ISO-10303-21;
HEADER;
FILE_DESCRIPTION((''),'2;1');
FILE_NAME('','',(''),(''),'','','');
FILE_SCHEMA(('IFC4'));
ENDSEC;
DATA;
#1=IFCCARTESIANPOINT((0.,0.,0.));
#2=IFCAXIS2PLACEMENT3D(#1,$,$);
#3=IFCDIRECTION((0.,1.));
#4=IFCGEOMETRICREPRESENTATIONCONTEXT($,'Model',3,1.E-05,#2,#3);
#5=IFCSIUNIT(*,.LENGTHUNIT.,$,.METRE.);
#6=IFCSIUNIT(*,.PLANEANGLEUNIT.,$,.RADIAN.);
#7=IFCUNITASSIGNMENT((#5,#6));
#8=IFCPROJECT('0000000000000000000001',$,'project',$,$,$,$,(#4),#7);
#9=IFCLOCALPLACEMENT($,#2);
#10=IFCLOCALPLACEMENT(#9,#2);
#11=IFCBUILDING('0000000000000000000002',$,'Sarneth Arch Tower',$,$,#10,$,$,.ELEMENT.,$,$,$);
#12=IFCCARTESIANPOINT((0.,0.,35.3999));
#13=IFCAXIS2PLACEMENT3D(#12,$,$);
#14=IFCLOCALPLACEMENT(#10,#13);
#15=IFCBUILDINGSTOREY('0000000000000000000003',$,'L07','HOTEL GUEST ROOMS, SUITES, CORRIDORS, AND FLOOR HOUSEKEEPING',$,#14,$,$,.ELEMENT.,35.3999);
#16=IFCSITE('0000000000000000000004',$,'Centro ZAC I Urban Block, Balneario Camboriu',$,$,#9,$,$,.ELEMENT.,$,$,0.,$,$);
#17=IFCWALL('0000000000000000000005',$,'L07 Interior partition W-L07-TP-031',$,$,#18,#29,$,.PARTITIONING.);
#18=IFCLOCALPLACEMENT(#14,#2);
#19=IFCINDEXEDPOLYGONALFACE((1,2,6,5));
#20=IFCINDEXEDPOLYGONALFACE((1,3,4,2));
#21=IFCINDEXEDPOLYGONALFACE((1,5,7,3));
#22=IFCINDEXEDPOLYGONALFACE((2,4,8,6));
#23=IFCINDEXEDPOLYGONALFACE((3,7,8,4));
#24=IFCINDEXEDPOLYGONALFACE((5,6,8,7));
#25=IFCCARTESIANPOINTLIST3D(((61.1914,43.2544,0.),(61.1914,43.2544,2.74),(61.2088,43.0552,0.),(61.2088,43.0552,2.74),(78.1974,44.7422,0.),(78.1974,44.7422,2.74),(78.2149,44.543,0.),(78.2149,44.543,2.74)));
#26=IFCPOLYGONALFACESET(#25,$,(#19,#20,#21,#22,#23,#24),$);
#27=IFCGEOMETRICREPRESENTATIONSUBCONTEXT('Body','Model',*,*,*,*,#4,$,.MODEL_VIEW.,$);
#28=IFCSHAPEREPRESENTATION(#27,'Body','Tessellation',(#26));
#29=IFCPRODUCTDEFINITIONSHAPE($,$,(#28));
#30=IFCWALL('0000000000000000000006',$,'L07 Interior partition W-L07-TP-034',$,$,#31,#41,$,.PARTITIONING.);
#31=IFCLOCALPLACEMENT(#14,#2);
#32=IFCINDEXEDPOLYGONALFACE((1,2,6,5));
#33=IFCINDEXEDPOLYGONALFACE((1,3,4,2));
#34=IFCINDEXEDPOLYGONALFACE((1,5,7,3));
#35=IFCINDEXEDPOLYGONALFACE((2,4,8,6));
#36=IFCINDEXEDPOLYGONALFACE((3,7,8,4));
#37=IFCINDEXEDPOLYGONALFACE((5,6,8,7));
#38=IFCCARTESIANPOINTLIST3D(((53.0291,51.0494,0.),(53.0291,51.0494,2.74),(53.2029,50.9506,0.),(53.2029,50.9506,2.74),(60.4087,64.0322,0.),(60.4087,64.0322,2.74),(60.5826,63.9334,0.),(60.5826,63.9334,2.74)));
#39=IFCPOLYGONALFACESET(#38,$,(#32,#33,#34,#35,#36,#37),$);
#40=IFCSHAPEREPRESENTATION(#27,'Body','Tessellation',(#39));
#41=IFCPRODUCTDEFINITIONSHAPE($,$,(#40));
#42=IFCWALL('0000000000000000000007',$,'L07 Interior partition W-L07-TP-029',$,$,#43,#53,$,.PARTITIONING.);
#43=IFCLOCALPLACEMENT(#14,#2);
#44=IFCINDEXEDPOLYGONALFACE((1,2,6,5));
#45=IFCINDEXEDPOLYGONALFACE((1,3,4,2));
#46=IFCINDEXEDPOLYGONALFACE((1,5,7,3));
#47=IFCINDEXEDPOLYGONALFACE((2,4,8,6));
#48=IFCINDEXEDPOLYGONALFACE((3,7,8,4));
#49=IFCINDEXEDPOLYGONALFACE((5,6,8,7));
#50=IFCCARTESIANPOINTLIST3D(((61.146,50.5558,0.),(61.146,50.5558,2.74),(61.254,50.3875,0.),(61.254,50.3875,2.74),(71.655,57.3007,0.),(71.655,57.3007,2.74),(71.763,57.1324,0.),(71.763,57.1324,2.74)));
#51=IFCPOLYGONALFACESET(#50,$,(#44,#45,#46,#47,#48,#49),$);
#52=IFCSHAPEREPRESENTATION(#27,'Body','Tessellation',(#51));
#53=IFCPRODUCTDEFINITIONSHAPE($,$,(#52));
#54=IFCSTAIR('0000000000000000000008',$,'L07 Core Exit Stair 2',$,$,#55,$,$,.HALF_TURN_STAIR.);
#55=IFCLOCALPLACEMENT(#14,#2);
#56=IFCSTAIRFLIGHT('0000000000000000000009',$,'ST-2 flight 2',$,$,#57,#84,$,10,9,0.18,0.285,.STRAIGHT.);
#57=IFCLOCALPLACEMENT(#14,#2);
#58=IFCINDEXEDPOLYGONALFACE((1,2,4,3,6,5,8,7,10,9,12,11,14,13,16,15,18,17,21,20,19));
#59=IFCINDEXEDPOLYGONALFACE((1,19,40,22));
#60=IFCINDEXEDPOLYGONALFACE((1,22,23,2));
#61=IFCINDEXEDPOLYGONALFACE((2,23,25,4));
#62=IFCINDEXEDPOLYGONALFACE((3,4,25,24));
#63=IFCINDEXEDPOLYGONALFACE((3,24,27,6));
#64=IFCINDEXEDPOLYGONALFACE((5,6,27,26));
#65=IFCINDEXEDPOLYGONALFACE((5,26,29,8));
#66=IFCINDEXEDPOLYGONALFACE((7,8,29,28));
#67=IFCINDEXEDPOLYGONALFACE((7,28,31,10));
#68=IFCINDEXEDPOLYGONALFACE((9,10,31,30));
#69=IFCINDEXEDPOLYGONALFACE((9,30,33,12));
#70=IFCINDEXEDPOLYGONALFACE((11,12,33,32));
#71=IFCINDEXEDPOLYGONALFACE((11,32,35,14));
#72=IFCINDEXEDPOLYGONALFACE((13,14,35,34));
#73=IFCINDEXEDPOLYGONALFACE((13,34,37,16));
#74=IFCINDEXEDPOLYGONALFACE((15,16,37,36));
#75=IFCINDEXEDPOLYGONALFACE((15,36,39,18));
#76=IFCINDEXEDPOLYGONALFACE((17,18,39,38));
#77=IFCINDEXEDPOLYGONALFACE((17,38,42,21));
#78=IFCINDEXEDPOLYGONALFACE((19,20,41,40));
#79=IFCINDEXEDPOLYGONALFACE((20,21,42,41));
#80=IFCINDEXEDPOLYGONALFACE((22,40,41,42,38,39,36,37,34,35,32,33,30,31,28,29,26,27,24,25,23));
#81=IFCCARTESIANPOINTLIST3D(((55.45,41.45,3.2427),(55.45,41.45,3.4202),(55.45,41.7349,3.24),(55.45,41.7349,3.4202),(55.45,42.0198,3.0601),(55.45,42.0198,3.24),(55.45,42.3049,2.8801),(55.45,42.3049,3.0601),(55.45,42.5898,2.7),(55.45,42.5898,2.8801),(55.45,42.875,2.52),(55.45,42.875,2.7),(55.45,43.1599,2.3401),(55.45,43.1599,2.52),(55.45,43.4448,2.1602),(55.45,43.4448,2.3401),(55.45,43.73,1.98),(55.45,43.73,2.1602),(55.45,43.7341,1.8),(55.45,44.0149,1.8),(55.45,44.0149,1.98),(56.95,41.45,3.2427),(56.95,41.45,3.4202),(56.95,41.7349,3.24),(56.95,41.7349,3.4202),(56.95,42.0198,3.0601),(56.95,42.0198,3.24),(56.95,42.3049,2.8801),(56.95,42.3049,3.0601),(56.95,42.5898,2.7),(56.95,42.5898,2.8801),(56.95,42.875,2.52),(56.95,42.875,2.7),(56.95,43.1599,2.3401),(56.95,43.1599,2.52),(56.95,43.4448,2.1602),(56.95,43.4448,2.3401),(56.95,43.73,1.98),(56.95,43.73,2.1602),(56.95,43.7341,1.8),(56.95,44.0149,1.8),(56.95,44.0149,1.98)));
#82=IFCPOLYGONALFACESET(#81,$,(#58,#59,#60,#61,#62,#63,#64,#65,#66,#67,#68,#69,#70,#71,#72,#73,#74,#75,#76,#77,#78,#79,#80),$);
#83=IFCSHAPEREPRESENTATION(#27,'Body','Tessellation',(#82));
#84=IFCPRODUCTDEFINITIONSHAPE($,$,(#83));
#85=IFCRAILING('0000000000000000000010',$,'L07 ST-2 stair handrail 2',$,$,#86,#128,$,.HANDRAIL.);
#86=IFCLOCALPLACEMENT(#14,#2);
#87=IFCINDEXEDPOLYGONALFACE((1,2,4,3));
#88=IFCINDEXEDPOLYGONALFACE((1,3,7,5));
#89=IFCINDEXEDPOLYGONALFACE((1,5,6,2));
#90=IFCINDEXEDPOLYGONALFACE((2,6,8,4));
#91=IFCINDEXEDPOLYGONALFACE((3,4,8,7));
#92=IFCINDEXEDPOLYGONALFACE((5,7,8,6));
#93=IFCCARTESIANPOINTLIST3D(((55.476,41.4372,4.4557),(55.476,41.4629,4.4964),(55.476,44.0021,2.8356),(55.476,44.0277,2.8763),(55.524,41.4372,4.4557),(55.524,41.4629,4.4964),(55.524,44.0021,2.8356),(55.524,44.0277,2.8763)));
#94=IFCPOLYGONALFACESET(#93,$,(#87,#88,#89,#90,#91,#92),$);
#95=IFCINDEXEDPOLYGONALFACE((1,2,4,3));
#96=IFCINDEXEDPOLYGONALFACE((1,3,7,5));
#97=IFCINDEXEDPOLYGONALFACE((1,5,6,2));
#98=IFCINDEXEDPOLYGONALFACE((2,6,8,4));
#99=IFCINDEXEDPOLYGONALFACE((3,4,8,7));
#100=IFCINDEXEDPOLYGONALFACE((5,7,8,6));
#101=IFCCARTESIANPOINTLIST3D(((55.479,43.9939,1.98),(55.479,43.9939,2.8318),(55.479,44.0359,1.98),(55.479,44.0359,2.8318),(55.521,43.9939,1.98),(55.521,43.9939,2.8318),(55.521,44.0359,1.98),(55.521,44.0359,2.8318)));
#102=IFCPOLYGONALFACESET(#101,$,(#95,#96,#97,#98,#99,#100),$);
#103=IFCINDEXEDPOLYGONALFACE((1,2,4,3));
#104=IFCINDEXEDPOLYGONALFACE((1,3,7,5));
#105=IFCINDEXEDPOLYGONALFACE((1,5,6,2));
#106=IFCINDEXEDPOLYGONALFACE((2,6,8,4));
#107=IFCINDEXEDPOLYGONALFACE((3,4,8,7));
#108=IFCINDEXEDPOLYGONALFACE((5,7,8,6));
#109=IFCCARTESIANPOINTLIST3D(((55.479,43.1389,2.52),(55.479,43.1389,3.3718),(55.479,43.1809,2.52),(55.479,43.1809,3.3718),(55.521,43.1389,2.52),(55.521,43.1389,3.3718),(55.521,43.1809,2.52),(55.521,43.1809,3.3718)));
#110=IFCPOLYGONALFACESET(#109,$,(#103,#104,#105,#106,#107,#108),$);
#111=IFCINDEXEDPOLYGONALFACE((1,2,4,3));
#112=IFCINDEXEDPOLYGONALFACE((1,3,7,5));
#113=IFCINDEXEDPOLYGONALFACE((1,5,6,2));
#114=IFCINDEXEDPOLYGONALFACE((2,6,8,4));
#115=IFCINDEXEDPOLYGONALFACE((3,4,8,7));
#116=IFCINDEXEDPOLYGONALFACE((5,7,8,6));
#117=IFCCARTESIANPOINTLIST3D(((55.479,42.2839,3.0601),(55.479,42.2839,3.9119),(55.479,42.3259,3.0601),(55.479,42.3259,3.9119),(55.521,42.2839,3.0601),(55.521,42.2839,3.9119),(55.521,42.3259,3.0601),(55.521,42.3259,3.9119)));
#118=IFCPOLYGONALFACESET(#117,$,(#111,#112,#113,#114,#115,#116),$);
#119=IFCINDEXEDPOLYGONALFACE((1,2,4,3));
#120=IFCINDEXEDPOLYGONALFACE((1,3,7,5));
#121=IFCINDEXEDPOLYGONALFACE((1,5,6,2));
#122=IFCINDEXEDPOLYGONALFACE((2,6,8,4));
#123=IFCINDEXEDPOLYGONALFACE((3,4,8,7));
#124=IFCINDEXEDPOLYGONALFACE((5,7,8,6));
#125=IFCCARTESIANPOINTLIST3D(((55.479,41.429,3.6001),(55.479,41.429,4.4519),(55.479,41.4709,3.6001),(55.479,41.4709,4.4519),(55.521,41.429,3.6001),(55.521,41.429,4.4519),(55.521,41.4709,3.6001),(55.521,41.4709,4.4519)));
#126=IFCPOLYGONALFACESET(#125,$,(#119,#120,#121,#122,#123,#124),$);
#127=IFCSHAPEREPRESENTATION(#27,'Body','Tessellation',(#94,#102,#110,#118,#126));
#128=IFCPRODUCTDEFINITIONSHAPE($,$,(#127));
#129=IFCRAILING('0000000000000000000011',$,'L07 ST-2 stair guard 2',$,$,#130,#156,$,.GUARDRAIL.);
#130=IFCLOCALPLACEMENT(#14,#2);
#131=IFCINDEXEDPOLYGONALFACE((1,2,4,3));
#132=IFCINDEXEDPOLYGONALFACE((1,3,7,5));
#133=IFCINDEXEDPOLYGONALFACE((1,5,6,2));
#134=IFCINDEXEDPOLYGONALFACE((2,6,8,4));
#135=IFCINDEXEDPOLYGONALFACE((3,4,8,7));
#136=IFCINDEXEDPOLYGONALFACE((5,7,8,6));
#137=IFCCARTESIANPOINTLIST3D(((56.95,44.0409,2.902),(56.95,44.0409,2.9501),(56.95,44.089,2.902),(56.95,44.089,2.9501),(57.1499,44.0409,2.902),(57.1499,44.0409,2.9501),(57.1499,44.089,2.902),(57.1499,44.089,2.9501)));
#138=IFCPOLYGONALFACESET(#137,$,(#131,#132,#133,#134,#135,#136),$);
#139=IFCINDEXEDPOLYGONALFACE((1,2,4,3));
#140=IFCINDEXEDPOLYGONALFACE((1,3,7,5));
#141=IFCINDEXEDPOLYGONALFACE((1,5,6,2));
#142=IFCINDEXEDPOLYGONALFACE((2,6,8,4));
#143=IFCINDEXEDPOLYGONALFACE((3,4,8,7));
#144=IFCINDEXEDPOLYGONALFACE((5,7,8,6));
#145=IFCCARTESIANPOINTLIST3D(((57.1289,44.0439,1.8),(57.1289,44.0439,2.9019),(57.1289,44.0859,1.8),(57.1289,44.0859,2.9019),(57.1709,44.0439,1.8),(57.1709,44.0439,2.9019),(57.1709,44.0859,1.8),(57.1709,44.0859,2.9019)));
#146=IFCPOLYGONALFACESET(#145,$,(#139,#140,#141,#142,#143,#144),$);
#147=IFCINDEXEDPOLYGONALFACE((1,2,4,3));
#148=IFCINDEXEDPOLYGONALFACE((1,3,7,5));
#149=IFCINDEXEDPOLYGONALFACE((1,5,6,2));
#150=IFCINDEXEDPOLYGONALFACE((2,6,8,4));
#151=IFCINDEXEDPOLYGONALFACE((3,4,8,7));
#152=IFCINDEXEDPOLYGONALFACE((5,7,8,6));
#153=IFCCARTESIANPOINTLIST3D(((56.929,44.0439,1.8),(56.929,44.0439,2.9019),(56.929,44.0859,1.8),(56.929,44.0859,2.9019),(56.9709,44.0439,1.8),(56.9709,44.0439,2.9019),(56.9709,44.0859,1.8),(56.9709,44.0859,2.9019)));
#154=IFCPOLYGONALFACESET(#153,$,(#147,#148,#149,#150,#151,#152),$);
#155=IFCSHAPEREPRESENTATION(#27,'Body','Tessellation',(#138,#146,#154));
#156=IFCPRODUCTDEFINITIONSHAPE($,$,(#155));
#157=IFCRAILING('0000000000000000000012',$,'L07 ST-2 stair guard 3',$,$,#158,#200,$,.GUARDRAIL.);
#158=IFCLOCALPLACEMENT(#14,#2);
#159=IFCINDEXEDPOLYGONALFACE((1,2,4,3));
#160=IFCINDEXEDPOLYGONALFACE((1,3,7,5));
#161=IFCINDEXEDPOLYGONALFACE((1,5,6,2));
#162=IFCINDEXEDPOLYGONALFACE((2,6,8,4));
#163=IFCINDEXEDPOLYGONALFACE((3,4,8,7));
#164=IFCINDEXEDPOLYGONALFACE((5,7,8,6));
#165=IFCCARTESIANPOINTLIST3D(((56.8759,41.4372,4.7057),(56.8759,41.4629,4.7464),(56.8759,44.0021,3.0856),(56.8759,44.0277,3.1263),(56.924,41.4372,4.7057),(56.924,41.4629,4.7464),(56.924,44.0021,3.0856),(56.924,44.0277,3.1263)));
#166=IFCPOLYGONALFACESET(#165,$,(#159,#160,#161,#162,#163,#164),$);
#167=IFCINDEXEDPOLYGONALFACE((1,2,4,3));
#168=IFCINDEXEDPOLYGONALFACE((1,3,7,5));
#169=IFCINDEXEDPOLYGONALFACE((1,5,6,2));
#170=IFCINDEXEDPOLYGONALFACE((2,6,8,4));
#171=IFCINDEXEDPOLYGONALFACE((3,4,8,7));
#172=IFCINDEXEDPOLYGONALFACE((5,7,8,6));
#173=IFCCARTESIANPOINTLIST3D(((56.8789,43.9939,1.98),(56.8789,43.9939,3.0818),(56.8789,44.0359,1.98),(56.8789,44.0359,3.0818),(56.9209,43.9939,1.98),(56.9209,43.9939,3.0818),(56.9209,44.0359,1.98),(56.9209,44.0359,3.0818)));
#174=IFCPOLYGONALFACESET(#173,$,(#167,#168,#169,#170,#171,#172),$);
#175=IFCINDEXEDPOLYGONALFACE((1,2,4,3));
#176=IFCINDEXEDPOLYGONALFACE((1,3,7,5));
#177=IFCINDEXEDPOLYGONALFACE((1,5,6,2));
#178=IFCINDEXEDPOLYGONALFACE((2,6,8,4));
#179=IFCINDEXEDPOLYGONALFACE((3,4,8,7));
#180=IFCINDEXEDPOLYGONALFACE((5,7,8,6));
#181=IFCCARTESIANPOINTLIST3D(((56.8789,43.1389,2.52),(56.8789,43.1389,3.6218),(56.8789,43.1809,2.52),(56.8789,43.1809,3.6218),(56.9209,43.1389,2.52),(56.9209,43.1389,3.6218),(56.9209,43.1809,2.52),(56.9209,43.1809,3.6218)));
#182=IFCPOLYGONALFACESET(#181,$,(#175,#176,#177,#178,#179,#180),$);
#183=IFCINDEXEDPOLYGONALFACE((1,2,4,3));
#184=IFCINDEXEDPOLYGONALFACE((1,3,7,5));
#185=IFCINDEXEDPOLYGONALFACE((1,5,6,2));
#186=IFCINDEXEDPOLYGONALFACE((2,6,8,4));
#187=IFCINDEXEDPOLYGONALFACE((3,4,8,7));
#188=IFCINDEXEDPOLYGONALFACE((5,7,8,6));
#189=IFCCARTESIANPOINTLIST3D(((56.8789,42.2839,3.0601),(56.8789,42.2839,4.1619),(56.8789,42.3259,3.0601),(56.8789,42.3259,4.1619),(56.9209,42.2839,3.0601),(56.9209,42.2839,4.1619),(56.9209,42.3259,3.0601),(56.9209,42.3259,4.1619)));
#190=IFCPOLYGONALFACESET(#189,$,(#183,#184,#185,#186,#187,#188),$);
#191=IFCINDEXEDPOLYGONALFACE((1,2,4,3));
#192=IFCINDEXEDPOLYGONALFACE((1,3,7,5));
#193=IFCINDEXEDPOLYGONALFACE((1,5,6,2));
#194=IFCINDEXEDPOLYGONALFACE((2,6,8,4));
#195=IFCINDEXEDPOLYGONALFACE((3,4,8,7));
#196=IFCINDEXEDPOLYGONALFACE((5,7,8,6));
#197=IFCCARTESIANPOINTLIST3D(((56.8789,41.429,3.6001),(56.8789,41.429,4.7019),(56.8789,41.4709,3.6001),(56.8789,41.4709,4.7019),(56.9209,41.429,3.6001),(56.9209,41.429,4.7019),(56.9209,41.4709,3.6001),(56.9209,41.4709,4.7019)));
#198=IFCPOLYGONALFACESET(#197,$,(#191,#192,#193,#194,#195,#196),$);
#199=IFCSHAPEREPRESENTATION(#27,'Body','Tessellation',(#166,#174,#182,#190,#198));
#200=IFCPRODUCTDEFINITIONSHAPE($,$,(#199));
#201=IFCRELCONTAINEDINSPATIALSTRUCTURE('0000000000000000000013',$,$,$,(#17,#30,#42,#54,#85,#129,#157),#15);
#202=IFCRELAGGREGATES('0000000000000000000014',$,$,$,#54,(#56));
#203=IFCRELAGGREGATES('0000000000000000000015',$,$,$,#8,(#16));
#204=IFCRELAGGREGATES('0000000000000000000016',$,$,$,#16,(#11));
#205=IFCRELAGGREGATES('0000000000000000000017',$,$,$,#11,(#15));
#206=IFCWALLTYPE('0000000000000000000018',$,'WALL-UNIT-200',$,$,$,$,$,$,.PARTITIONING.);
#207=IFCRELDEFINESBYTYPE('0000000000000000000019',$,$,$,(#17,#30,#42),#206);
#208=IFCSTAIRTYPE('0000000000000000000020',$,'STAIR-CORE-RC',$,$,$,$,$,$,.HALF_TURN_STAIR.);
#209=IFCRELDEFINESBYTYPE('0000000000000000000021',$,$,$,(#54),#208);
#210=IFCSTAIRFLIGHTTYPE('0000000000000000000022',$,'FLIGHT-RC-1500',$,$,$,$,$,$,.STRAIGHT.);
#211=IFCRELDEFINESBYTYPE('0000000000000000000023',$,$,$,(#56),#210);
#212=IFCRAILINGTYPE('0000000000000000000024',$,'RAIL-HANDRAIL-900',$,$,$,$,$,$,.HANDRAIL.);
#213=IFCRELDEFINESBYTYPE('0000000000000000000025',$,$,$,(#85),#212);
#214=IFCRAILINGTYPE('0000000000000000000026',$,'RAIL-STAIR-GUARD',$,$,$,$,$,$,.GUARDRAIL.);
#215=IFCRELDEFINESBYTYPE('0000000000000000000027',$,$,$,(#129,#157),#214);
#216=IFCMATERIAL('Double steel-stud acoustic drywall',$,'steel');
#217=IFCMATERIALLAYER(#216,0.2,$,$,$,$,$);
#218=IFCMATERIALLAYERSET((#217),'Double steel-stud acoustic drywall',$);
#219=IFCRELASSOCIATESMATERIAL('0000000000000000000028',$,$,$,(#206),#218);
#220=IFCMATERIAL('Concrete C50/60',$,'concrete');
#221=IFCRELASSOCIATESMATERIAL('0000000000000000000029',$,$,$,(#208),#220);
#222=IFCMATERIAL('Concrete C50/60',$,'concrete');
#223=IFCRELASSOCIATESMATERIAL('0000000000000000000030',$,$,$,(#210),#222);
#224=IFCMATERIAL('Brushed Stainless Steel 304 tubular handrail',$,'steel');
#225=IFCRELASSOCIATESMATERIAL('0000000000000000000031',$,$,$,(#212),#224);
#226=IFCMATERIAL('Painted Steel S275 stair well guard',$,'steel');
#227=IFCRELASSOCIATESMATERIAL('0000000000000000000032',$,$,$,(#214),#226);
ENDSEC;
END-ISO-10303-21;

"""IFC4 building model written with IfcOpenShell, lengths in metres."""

from ifc_helpers import new_model, si_unit, direction, frame, frame_2d, origin, origin_2d, place, context, subcontext, project, spatial, polyline, rectangle, outline, extrude, material, layer, layer_set, type_object, element, aggregate, save


model = new_model("IFC4")

# Units and contexts
model_context = context("Model", 3, precision=1e-05, world=origin(), true_north=direction((0.0, 1.0)))
body_context = subcontext(model_context, "Body", "Model", "MODEL_VIEW")
ifc_project = project(units=[si_unit("LENGTHUNIT", "METRE"), si_unit("PLANEANGLEUNIT", "RADIAN")], contexts=[model_context])

# Site, building, storey
site_placement = place(None, origin())
site = spatial("IfcSite", under=ifc_project, at=site_placement, Name="Centro ZAC I Urban Block, Balneario Camboriu", CompositionType="ELEMENT", RefElevation=0.0)
building_placement = place(site_placement, origin())
building = spatial("IfcBuilding", under=site, at=building_placement, Name="Sarneth Arch Tower", CompositionType="ELEMENT")
storey_placement = place(building_placement, frame((0.0, 0.0, 35.3999)))
storey = spatial("IfcBuildingStorey", under=building, at=storey_placement, Name="L07", Description="HOTEL GUEST ROOMS, SUITES, CORRIDORS, AND FLOOR HOUSEKEEPING", CompositionType="ELEMENT", Elevation=35.3999)

# Walls
ifc_material_1 = material(Name="Double steel-stud acoustic drywall", Category="steel")
ifc_layer_1 = layer(ifc_material_1, 0.2)
ifc_layer_set_1 = layer_set([ifc_layer_1], Name="Double steel-stud acoustic drywall")
wall_type_1 = type_object("IfcWallType", Name="WALL-UNIT-200", PredefinedType="PARTITIONING", material=ifc_layer_set_1)
wall_1_placement = place(storey_placement, frame((61.2, 43.1548, 0.0), z_axis=(0.0, 0.0, 1.0), x_axis=(0.996195, 0.087153, 0.0)))
element("IfcWall", 1, at=wall_1_placement, inside=storey, type_object=wall_type_1, Name="L07 Interior partition W-L07-TP-031", PredefinedType="PARTITIONING", context=body_context, shape_type="SweptSolid", body=[
    extrude(rectangle(XDim=17.071, YDim=0.2, at=frame_2d((8.5356, 0.0))), origin(), (0.0, 0.0, 1.0), 2.74),
])
wall_2_placement = place(storey_placement, frame((53.116, 51.0, 0.0), z_axis=(0.0, 0.0, 1.0), x_axis=(0.494168, 0.869367, 0.0)))
element("IfcWall", 2, at=wall_2_placement, inside=storey, type_object=wall_type_1, Name="L07 Interior partition W-L07-TP-034", PredefinedType="PARTITIONING", context=body_context, shape_type="SweptSolid", body=[
    extrude(rectangle(XDim=14.9336, YDim=0.2, at=frame_2d((7.4668, 0.0))), origin(), (0.0, 0.0, 1.0), 2.74),
])
wall_3_placement = place(storey_placement, frame((61.2, 50.4717, 0.0), z_axis=(0.0, 0.0, 1.0), x_axis=(0.841577, 0.540138, 0.0)))
element("IfcWall", 3, at=wall_3_placement, inside=storey, type_object=wall_type_1, Name="L07 Interior partition W-L07-TP-029", PredefinedType="PARTITIONING", context=body_context, shape_type="SweptSolid", body=[
    extrude(rectangle(XDim=12.4873, YDim=0.2, at=frame_2d((6.2437, 0.0))), origin(), (0.0, 0.0, 1.0), 2.74),
])

# Stair, stair flight
ifc_material_2 = material(Name="Concrete C50/60", Category="concrete")
stair_type = type_object("IfcStairType", Name="STAIR-CORE-RC", PredefinedType="HALF_TURN_STAIR", material=ifc_material_2)
stair_placement = place(storey_placement, origin())
stair = element("IfcStair", 4, at=stair_placement, inside=storey, type_object=stair_type, Name="L07 Core Exit Stair 2", PredefinedType="HALF_TURN_STAIR")
ifc_material_3 = material(Name="Concrete C50/60", Category="concrete")
stair_flight_type = type_object("IfcStairFlightType", Name="FLIGHT-RC-1500", PredefinedType="STRAIGHT", material=ifc_material_3)
stair_flight_placement = place(storey_placement, frame((56.2, 44.0149, 1.8), z_axis=(0.0, 0.0, 1.0), x_axis=(0.0, -1.0, 0.0)))
stair_flight = element("IfcStairFlight", 5, at=stair_flight_placement, type_object=stair_flight_type, Name="ST-2 flight 2", NumberOfRisers=10, NumberOfTreads=9, PredefinedType="STRAIGHT", RiserHeight=0.18, TreadLength=0.285, context=body_context, shape_type="SweptSolid", body=[
    extrude(outline(polyline([(0.0, 0.0), (0.0, 0.1799), (0.2849, 0.1799), (0.2849, 0.3601), (0.5701, 0.3601), (0.5701, 0.54), (0.855, 0.54), (0.855, 0.72), (1.1399, 0.72), (1.1399, 0.8999), (1.425, 0.8999), (1.425, 1.0801), (1.71, 1.0801), (1.71, 1.26), (1.9951, 1.26), (1.9951, 1.4399), (2.28, 1.4399), (2.28, 1.6201), (2.5649, 1.6201), (2.5649, 1.8), (2.5649, 1.4426), (0.2808, 0.0), (0.0, 0.0)])), frame((0.0, 0.75, 0.0), z_axis=(0.0, -1.0, 0.0), x_axis=(1.0, 0.0, 0.0)), (0.0, 0.0, 1.0), 1.5),
])
aggregate(stair, [stair_flight])

# Railings
ifc_material_4 = material(Name="Brushed Stainless Steel 304 tubular handrail", Category="steel")
railing_type_1 = type_object("IfcRailingType", Name="RAIL-HANDRAIL-900", PredefinedType="HANDRAIL", material=ifc_material_4)
railing_1_placement = place(storey_placement, frame((55.5, 44.0149, 1.98)))
element("IfcRailing", 6, at=railing_1_placement, inside=storey, type_object=railing_type_1, Name="L07 ST-2 stair handrail 2", PredefinedType="HANDRAIL", context=body_context, shape_type="SweptSolid", body=[
    extrude(rectangle(XDim=0.0481, YDim=0.0481, at=origin_2d()), frame((0.0, 0.0, 0.876), z_axis=(0.0, -0.845466, 0.534029), x_axis=(1.0, 0.0, 0.0)), (0.0, 0.0, 1.0), 3.0337),
    extrude(rectangle(XDim=0.042, YDim=0.042, at=origin_2d()), origin(), (0.0, 0.0, 1.0), 0.8518),
    extrude(rectangle(XDim=0.042, YDim=0.042, at=origin_2d()), frame((0.0, -0.855, 0.54)), (0.0, 0.0, 1.0), 0.8518),
    extrude(rectangle(XDim=0.042, YDim=0.042, at=origin_2d()), frame((0.0, -1.71, 1.0801)), (0.0, 0.0, 1.0), 0.8518),
    extrude(rectangle(XDim=0.042, YDim=0.042, at=origin_2d()), frame((0.0, -2.5649, 1.6201)), (0.0, 0.0, 1.0), 0.8518),
])
ifc_material_5 = material(Name="Painted Steel S275 stair well guard", Category="steel")
railing_type_2 = type_object("IfcRailingType", Name="RAIL-STAIR-GUARD", PredefinedType="GUARDRAIL", material=ifc_material_5)
railing_2_placement = place(storey_placement, frame((57.1499, 44.0649, 1.8)))
element("IfcRailing", 7, at=railing_2_placement, inside=storey, type_object=railing_type_2, Name="L07 ST-2 stair guard 2", PredefinedType="GUARDRAIL", context=body_context, shape_type="SweptSolid", body=[
    extrude(rectangle(XDim=0.0481, YDim=0.0481, at=origin_2d()), frame((0.0, 0.0, 1.126), z_axis=(-1.0, 0.0, 0.0), x_axis=(0.0, -1.0, 0.0)), (0.0, 0.0, 1.0), 0.2),
    extrude(rectangle(XDim=0.042, YDim=0.042, at=origin_2d()), origin(), (0.0, 0.0, 1.0), 1.1018),
    extrude(rectangle(XDim=0.042, YDim=0.042, at=origin_2d()), frame((-0.2, 0.0, 0.0)), (0.0, 0.0, 1.0), 1.1018),
])
railing_3_placement = place(storey_placement, frame((56.8999, 44.0149, 1.98)))
element("IfcRailing", 8, at=railing_3_placement, inside=storey, type_object=railing_type_2, Name="L07 ST-2 stair guard 3", PredefinedType="GUARDRAIL", context=body_context, shape_type="SweptSolid", body=[
    extrude(rectangle(XDim=0.0481, YDim=0.0481, at=origin_2d()), frame((0.0, 0.0, 1.126), z_axis=(0.0, -0.845466, 0.534029), x_axis=(1.0, 0.0, 0.0)), (0.0, 0.0, 1.0), 3.0337),
    extrude(rectangle(XDim=0.042, YDim=0.042, at=origin_2d()), origin(), (0.0, 0.0, 1.0), 1.1018),
    extrude(rectangle(XDim=0.042, YDim=0.042, at=origin_2d()), frame((0.0, -0.855, 0.54)), (0.0, 0.0, 1.0), 1.1018),
    extrude(rectangle(XDim=0.042, YDim=0.042, at=origin_2d()), frame((0.0, -1.71, 1.0801)), (0.0, 0.0, 1.0), 1.1018),
    extrude(rectangle(XDim=0.042, YDim=0.042, at=origin_2d()), frame((0.0, -2.5649, 1.6201)), (0.0, 0.0, 1.0), 1.1018),
])

save(model, "model.ifc")
